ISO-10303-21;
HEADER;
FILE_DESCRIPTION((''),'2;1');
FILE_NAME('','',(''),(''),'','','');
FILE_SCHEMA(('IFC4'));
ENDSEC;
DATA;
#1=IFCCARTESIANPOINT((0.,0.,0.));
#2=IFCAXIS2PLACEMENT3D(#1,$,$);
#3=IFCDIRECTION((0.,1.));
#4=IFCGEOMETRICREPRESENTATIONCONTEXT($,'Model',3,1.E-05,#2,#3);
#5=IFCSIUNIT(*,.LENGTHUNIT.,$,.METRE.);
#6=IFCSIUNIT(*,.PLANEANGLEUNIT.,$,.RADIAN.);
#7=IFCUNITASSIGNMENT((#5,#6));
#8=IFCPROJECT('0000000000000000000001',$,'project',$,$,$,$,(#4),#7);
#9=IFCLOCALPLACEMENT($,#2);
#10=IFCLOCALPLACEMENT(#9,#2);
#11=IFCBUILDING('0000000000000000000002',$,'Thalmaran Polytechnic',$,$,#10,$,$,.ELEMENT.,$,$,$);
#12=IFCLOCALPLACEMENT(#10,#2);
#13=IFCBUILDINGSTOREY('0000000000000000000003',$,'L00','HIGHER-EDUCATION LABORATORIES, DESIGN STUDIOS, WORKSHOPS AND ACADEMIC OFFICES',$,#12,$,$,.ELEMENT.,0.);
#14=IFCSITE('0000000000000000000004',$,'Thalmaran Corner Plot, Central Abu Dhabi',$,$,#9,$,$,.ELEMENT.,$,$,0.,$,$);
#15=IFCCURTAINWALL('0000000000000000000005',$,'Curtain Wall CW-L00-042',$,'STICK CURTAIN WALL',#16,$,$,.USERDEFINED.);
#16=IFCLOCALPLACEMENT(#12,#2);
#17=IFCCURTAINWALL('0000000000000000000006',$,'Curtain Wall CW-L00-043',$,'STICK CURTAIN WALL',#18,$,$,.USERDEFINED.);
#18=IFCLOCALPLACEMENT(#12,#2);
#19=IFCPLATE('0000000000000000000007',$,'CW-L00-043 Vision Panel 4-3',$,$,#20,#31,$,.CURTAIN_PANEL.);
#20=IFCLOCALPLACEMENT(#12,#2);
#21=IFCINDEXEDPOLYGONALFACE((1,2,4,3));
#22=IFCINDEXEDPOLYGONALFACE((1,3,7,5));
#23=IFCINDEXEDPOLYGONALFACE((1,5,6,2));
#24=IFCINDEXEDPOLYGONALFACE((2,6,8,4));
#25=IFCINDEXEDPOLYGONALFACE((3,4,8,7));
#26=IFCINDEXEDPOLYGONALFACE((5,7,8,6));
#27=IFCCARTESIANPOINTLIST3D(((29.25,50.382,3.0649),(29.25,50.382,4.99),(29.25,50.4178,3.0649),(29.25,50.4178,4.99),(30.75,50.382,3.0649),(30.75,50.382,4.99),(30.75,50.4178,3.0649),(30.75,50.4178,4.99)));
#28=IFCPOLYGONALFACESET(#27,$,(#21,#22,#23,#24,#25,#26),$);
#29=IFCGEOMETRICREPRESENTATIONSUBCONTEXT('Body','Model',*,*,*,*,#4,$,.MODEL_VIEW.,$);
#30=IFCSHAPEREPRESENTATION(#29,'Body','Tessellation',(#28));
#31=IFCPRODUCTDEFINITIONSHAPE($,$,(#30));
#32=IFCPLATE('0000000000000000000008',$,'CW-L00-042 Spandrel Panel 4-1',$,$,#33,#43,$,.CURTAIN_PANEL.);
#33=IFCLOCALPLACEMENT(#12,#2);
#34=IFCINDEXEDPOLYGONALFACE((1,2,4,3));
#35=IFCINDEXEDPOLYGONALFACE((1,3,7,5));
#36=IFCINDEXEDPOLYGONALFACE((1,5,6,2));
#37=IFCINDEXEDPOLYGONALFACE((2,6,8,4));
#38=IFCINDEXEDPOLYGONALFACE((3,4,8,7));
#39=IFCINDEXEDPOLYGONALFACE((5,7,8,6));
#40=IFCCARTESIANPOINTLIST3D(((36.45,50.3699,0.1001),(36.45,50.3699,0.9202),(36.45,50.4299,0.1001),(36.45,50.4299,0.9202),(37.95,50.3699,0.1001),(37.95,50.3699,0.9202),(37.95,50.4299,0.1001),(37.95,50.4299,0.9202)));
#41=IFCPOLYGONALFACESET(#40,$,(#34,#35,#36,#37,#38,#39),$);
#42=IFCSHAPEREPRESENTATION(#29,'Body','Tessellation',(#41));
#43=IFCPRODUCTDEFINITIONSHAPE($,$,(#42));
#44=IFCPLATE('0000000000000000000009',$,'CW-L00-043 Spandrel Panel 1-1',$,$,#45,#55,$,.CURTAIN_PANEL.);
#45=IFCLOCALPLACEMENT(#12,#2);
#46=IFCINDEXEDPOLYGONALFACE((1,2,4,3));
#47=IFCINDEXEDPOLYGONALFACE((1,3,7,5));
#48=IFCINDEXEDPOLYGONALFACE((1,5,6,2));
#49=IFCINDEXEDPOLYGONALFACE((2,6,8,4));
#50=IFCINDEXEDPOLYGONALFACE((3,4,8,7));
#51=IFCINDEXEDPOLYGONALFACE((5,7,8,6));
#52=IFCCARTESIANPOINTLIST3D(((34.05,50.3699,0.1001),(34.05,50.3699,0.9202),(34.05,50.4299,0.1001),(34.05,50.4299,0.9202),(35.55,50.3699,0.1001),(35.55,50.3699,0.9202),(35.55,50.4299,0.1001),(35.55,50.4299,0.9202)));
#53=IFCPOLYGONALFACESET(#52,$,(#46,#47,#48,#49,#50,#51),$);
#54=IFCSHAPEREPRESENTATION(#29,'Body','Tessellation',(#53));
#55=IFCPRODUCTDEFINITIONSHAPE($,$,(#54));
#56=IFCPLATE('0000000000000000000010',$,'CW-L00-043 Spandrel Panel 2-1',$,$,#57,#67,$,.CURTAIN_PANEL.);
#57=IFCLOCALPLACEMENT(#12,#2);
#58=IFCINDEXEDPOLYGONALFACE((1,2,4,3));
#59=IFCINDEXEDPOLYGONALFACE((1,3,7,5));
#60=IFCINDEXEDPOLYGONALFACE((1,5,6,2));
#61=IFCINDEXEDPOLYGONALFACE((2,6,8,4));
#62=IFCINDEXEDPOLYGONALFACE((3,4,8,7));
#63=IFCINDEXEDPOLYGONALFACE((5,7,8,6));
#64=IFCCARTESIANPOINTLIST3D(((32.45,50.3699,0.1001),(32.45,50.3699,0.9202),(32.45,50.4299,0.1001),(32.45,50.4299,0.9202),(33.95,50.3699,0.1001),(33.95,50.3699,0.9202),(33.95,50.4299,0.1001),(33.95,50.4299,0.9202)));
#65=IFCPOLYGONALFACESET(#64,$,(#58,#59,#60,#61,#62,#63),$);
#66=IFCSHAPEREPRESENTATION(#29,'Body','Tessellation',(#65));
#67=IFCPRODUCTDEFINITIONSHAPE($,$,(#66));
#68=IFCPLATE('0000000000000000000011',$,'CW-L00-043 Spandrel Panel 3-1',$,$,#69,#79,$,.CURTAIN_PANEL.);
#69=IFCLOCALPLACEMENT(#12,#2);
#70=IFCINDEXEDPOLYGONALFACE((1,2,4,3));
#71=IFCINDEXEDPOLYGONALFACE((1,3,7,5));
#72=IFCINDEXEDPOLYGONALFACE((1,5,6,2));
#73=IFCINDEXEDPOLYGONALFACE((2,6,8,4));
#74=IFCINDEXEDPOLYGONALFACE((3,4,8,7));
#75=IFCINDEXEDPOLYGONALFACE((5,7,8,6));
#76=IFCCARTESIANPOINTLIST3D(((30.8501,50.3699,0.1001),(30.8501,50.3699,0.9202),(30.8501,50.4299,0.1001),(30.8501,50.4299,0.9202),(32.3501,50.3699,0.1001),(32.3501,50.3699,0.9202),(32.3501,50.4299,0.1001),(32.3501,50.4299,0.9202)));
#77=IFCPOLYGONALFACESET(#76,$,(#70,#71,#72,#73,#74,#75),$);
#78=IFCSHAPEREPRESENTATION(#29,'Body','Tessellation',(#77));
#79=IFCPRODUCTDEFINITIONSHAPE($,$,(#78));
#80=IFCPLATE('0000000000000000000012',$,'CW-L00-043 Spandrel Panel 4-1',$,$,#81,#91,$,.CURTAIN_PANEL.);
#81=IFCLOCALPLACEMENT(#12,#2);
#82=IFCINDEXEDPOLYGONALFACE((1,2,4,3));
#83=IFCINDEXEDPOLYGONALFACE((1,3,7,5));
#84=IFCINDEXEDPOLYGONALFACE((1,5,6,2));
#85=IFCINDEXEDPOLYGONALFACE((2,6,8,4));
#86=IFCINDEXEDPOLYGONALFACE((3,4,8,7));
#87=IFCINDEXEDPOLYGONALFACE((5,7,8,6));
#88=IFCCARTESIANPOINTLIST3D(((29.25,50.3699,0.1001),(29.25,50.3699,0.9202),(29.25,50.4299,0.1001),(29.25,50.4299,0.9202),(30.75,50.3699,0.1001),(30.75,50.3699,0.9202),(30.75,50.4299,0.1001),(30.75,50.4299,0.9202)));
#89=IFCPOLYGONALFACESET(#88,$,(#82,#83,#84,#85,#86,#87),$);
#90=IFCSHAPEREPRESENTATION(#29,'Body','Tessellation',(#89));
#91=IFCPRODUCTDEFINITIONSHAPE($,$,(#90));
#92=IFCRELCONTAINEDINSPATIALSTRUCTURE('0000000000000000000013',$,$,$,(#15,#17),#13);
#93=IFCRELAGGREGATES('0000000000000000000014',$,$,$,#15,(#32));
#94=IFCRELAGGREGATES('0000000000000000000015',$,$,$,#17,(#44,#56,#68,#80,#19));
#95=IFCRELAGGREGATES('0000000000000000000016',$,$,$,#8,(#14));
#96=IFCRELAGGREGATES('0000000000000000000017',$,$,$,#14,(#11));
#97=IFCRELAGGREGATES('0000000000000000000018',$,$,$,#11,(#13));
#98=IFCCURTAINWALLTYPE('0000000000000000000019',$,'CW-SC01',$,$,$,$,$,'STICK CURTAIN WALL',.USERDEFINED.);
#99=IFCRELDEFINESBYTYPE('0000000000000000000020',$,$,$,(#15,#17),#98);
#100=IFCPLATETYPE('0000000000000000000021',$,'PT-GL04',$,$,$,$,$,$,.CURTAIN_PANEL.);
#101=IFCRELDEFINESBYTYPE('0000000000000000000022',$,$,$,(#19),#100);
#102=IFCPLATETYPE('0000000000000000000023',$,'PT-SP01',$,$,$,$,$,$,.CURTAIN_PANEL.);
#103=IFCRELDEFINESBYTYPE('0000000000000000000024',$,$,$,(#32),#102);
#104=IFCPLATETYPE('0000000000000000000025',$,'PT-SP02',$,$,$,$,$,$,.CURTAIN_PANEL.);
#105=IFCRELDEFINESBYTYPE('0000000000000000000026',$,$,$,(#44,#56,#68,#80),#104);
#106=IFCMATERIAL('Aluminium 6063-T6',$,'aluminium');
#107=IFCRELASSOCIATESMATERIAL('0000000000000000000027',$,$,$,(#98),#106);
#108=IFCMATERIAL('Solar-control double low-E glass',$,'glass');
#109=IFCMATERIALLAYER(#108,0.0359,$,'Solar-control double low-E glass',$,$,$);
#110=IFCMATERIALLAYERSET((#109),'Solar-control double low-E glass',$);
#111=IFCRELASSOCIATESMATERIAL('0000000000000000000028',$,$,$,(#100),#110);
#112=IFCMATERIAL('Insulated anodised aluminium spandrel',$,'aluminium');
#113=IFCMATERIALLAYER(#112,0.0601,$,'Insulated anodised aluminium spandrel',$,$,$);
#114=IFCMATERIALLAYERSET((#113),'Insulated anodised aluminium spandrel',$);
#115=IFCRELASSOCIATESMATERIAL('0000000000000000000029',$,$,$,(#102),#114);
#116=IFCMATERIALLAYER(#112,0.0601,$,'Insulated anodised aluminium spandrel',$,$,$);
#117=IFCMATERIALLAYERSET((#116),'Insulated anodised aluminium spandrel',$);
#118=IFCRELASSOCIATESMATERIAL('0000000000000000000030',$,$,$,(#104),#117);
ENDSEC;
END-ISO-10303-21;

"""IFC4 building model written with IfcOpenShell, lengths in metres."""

from ifc_helpers import new_model, si_unit, direction, frame, origin, origin_2d, place, context, subcontext, project, spatial, rectangle, extrude, material, layer, layer_set, type_object, element, aggregate, save


model = new_model("IFC4")

# Units and contexts
model_context = context("Model", 3, precision=1e-05, world=origin(), true_north=direction((0.0, 1.0)))
body_context = subcontext(model_context, "Body", "Model", "MODEL_VIEW")
ifc_project = project(units=[si_unit("LENGTHUNIT", "METRE"), si_unit("PLANEANGLEUNIT", "RADIAN")], contexts=[model_context])

# Site, building, storey
site_placement = place(None, origin())
site = spatial("IfcSite", under=ifc_project, at=site_placement, Name="Thalmaran Corner Plot, Central Abu Dhabi", CompositionType="ELEMENT", RefElevation=0.0)
building_placement = place(site_placement, origin())
building = spatial("IfcBuilding", under=site, at=building_placement, Name="Thalmaran Polytechnic", CompositionType="ELEMENT")
storey_placement = place(building_placement, origin())
storey = spatial("IfcBuildingStorey", under=building, at=storey_placement, Name="L00", Description="HIGHER-EDUCATION LABORATORIES, DESIGN STUDIOS, WORKSHOPS AND ACADEMIC OFFICES", CompositionType="ELEMENT", Elevation=0.0)

# Curtain wall
ifc_material_1 = material(Name="Aluminium 6063-T6", Category="aluminium")
curtain_wall_type = type_object("IfcCurtainWallType", Name="CW-SC01", ElementType="STICK CURTAIN WALL", PredefinedType="USERDEFINED", material=ifc_material_1)
curtain_wall_1_placement = place(storey_placement, origin())
curtain_wall_1 = element("IfcCurtainWall", 1, at=curtain_wall_1_placement, inside=storey, type_object=curtain_wall_type, Name="Curtain Wall CW-L00-042", ObjectType="STICK CURTAIN WALL", PredefinedType="USERDEFINED")

# Curtain wall
curtain_wall_2_placement = place(storey_placement, origin())
curtain_wall_2 = element("IfcCurtainWall", 2, at=curtain_wall_2_placement, inside=storey, type_object=curtain_wall_type, Name="Curtain Wall CW-L00-043", ObjectType="STICK CURTAIN WALL", PredefinedType="USERDEFINED")

# Plates
ifc_material_2 = material(Name="Solar-control double low-E glass", Category="glass")
ifc_layer_1 = layer(ifc_material_2, 0.0359, Name="Solar-control double low-E glass")
ifc_layer_set_1 = layer_set([ifc_layer_1], Name="Solar-control double low-E glass")
plate_type_1 = type_object("IfcPlateType", Name="PT-GL04", PredefinedType="CURTAIN_PANEL", material=ifc_layer_set_1)
plate_1_placement = place(storey_placement, frame((30.0, 50.3999, 3.0649), z_axis=(0.0, 0.0, 1.0), x_axis=(-1.0, 0.0, 0.0)))
plate_1 = element("IfcPlate", 3, at=plate_1_placement, type_object=plate_type_1, Name="CW-L00-043 Vision Panel 4-3", PredefinedType="CURTAIN_PANEL", context=body_context, shape_type="SweptSolid", body=[
    extrude(rectangle(XDim=1.5, YDim=0.0359, at=origin_2d()), origin(), (0.0, 0.0, 1.0), 1.925),
])
ifc_material_3 = material(Name="Insulated anodised aluminium spandrel", Category="aluminium")
ifc_layer_2 = layer(ifc_material_3, 0.0601, Name="Insulated anodised aluminium spandrel")
ifc_layer_set_2 = layer_set([ifc_layer_2], Name="Insulated anodised aluminium spandrel")
plate_type_2 = type_object("IfcPlateType", Name="PT-SP01", PredefinedType="CURTAIN_PANEL", material=ifc_layer_set_2)
plate_2_placement = place(storey_placement, frame((37.2, 50.3999, 0.1001), z_axis=(0.0, 0.0, 1.0), x_axis=(-1.0, 0.0, 0.0)))
plate_2 = element("IfcPlate", 4, at=plate_2_placement, type_object=plate_type_2, Name="CW-L00-042 Spandrel Panel 4-1", PredefinedType="CURTAIN_PANEL", context=body_context, shape_type="SweptSolid", body=[
    extrude(rectangle(XDim=1.5, YDim=0.0601, at=origin_2d()), origin(), (0.0, 0.0, 1.0), 0.8201),
])
aggregate(curtain_wall_1, [plate_2])
ifc_layer_3 = layer(ifc_material_3, 0.0601, Name="Insulated anodised aluminium spandrel")
ifc_layer_set_3 = layer_set([ifc_layer_3], Name="Insulated anodised aluminium spandrel")
plate_type_3 = type_object("IfcPlateType", Name="PT-SP02", PredefinedType="CURTAIN_PANEL", material=ifc_layer_set_3)
plate_3_placement = place(storey_placement, frame((34.8, 50.3999, 0.1001), z_axis=(0.0, 0.0, 1.0), x_axis=(-1.0, 0.0, 0.0)))
plate_3 = element("IfcPlate", 5, at=plate_3_placement, type_object=plate_type_3, Name="CW-L00-043 Spandrel Panel 1-1", PredefinedType="CURTAIN_PANEL", context=body_context, shape_type="SweptSolid", body=[
    extrude(rectangle(XDim=1.5, YDim=0.0601, at=origin_2d()), origin(), (0.0, 0.0, 1.0), 0.8201),
])
plate_4_placement = place(storey_placement, frame((33.2, 50.3999, 0.1001), z_axis=(0.0, 0.0, 1.0), x_axis=(-1.0, 0.0, 0.0)))
plate_4 = element("IfcPlate", 6, at=plate_4_placement, type_object=plate_type_3, Name="CW-L00-043 Spandrel Panel 2-1", PredefinedType="CURTAIN_PANEL", context=body_context, shape_type="SweptSolid", body=[
    extrude(rectangle(XDim=1.5, YDim=0.0601, at=origin_2d()), origin(), (0.0, 0.0, 1.0), 0.8201),
])
plate_5_placement = place(storey_placement, frame((31.6001, 50.3999, 0.1001), z_axis=(0.0, 0.0, 1.0), x_axis=(-1.0, 0.0, 0.0)))
plate_5 = element("IfcPlate", 7, at=plate_5_placement, type_object=plate_type_3, Name="CW-L00-043 Spandrel Panel 3-1", PredefinedType="CURTAIN_PANEL", context=body_context, shape_type="SweptSolid", body=[
    extrude(rectangle(XDim=1.5, YDim=0.0601, at=origin_2d()), origin(), (0.0, 0.0, 1.0), 0.8201),
])
plate_6_placement = place(storey_placement, frame((30.0, 50.3999, 0.1001), z_axis=(0.0, 0.0, 1.0), x_axis=(-1.0, 0.0, 0.0)))
plate_6 = element("IfcPlate", 8, at=plate_6_placement, type_object=plate_type_3, Name="CW-L00-043 Spandrel Panel 4-1", PredefinedType="CURTAIN_PANEL", context=body_context, shape_type="SweptSolid", body=[
    extrude(rectangle(XDim=1.5, YDim=0.0601, at=origin_2d()), origin(), (0.0, 0.0, 1.0), 0.8201),
])
aggregate(curtain_wall_2, [plate_3, plate_4, plate_5, plate_6, plate_1])

save(model, "model.ifc")
